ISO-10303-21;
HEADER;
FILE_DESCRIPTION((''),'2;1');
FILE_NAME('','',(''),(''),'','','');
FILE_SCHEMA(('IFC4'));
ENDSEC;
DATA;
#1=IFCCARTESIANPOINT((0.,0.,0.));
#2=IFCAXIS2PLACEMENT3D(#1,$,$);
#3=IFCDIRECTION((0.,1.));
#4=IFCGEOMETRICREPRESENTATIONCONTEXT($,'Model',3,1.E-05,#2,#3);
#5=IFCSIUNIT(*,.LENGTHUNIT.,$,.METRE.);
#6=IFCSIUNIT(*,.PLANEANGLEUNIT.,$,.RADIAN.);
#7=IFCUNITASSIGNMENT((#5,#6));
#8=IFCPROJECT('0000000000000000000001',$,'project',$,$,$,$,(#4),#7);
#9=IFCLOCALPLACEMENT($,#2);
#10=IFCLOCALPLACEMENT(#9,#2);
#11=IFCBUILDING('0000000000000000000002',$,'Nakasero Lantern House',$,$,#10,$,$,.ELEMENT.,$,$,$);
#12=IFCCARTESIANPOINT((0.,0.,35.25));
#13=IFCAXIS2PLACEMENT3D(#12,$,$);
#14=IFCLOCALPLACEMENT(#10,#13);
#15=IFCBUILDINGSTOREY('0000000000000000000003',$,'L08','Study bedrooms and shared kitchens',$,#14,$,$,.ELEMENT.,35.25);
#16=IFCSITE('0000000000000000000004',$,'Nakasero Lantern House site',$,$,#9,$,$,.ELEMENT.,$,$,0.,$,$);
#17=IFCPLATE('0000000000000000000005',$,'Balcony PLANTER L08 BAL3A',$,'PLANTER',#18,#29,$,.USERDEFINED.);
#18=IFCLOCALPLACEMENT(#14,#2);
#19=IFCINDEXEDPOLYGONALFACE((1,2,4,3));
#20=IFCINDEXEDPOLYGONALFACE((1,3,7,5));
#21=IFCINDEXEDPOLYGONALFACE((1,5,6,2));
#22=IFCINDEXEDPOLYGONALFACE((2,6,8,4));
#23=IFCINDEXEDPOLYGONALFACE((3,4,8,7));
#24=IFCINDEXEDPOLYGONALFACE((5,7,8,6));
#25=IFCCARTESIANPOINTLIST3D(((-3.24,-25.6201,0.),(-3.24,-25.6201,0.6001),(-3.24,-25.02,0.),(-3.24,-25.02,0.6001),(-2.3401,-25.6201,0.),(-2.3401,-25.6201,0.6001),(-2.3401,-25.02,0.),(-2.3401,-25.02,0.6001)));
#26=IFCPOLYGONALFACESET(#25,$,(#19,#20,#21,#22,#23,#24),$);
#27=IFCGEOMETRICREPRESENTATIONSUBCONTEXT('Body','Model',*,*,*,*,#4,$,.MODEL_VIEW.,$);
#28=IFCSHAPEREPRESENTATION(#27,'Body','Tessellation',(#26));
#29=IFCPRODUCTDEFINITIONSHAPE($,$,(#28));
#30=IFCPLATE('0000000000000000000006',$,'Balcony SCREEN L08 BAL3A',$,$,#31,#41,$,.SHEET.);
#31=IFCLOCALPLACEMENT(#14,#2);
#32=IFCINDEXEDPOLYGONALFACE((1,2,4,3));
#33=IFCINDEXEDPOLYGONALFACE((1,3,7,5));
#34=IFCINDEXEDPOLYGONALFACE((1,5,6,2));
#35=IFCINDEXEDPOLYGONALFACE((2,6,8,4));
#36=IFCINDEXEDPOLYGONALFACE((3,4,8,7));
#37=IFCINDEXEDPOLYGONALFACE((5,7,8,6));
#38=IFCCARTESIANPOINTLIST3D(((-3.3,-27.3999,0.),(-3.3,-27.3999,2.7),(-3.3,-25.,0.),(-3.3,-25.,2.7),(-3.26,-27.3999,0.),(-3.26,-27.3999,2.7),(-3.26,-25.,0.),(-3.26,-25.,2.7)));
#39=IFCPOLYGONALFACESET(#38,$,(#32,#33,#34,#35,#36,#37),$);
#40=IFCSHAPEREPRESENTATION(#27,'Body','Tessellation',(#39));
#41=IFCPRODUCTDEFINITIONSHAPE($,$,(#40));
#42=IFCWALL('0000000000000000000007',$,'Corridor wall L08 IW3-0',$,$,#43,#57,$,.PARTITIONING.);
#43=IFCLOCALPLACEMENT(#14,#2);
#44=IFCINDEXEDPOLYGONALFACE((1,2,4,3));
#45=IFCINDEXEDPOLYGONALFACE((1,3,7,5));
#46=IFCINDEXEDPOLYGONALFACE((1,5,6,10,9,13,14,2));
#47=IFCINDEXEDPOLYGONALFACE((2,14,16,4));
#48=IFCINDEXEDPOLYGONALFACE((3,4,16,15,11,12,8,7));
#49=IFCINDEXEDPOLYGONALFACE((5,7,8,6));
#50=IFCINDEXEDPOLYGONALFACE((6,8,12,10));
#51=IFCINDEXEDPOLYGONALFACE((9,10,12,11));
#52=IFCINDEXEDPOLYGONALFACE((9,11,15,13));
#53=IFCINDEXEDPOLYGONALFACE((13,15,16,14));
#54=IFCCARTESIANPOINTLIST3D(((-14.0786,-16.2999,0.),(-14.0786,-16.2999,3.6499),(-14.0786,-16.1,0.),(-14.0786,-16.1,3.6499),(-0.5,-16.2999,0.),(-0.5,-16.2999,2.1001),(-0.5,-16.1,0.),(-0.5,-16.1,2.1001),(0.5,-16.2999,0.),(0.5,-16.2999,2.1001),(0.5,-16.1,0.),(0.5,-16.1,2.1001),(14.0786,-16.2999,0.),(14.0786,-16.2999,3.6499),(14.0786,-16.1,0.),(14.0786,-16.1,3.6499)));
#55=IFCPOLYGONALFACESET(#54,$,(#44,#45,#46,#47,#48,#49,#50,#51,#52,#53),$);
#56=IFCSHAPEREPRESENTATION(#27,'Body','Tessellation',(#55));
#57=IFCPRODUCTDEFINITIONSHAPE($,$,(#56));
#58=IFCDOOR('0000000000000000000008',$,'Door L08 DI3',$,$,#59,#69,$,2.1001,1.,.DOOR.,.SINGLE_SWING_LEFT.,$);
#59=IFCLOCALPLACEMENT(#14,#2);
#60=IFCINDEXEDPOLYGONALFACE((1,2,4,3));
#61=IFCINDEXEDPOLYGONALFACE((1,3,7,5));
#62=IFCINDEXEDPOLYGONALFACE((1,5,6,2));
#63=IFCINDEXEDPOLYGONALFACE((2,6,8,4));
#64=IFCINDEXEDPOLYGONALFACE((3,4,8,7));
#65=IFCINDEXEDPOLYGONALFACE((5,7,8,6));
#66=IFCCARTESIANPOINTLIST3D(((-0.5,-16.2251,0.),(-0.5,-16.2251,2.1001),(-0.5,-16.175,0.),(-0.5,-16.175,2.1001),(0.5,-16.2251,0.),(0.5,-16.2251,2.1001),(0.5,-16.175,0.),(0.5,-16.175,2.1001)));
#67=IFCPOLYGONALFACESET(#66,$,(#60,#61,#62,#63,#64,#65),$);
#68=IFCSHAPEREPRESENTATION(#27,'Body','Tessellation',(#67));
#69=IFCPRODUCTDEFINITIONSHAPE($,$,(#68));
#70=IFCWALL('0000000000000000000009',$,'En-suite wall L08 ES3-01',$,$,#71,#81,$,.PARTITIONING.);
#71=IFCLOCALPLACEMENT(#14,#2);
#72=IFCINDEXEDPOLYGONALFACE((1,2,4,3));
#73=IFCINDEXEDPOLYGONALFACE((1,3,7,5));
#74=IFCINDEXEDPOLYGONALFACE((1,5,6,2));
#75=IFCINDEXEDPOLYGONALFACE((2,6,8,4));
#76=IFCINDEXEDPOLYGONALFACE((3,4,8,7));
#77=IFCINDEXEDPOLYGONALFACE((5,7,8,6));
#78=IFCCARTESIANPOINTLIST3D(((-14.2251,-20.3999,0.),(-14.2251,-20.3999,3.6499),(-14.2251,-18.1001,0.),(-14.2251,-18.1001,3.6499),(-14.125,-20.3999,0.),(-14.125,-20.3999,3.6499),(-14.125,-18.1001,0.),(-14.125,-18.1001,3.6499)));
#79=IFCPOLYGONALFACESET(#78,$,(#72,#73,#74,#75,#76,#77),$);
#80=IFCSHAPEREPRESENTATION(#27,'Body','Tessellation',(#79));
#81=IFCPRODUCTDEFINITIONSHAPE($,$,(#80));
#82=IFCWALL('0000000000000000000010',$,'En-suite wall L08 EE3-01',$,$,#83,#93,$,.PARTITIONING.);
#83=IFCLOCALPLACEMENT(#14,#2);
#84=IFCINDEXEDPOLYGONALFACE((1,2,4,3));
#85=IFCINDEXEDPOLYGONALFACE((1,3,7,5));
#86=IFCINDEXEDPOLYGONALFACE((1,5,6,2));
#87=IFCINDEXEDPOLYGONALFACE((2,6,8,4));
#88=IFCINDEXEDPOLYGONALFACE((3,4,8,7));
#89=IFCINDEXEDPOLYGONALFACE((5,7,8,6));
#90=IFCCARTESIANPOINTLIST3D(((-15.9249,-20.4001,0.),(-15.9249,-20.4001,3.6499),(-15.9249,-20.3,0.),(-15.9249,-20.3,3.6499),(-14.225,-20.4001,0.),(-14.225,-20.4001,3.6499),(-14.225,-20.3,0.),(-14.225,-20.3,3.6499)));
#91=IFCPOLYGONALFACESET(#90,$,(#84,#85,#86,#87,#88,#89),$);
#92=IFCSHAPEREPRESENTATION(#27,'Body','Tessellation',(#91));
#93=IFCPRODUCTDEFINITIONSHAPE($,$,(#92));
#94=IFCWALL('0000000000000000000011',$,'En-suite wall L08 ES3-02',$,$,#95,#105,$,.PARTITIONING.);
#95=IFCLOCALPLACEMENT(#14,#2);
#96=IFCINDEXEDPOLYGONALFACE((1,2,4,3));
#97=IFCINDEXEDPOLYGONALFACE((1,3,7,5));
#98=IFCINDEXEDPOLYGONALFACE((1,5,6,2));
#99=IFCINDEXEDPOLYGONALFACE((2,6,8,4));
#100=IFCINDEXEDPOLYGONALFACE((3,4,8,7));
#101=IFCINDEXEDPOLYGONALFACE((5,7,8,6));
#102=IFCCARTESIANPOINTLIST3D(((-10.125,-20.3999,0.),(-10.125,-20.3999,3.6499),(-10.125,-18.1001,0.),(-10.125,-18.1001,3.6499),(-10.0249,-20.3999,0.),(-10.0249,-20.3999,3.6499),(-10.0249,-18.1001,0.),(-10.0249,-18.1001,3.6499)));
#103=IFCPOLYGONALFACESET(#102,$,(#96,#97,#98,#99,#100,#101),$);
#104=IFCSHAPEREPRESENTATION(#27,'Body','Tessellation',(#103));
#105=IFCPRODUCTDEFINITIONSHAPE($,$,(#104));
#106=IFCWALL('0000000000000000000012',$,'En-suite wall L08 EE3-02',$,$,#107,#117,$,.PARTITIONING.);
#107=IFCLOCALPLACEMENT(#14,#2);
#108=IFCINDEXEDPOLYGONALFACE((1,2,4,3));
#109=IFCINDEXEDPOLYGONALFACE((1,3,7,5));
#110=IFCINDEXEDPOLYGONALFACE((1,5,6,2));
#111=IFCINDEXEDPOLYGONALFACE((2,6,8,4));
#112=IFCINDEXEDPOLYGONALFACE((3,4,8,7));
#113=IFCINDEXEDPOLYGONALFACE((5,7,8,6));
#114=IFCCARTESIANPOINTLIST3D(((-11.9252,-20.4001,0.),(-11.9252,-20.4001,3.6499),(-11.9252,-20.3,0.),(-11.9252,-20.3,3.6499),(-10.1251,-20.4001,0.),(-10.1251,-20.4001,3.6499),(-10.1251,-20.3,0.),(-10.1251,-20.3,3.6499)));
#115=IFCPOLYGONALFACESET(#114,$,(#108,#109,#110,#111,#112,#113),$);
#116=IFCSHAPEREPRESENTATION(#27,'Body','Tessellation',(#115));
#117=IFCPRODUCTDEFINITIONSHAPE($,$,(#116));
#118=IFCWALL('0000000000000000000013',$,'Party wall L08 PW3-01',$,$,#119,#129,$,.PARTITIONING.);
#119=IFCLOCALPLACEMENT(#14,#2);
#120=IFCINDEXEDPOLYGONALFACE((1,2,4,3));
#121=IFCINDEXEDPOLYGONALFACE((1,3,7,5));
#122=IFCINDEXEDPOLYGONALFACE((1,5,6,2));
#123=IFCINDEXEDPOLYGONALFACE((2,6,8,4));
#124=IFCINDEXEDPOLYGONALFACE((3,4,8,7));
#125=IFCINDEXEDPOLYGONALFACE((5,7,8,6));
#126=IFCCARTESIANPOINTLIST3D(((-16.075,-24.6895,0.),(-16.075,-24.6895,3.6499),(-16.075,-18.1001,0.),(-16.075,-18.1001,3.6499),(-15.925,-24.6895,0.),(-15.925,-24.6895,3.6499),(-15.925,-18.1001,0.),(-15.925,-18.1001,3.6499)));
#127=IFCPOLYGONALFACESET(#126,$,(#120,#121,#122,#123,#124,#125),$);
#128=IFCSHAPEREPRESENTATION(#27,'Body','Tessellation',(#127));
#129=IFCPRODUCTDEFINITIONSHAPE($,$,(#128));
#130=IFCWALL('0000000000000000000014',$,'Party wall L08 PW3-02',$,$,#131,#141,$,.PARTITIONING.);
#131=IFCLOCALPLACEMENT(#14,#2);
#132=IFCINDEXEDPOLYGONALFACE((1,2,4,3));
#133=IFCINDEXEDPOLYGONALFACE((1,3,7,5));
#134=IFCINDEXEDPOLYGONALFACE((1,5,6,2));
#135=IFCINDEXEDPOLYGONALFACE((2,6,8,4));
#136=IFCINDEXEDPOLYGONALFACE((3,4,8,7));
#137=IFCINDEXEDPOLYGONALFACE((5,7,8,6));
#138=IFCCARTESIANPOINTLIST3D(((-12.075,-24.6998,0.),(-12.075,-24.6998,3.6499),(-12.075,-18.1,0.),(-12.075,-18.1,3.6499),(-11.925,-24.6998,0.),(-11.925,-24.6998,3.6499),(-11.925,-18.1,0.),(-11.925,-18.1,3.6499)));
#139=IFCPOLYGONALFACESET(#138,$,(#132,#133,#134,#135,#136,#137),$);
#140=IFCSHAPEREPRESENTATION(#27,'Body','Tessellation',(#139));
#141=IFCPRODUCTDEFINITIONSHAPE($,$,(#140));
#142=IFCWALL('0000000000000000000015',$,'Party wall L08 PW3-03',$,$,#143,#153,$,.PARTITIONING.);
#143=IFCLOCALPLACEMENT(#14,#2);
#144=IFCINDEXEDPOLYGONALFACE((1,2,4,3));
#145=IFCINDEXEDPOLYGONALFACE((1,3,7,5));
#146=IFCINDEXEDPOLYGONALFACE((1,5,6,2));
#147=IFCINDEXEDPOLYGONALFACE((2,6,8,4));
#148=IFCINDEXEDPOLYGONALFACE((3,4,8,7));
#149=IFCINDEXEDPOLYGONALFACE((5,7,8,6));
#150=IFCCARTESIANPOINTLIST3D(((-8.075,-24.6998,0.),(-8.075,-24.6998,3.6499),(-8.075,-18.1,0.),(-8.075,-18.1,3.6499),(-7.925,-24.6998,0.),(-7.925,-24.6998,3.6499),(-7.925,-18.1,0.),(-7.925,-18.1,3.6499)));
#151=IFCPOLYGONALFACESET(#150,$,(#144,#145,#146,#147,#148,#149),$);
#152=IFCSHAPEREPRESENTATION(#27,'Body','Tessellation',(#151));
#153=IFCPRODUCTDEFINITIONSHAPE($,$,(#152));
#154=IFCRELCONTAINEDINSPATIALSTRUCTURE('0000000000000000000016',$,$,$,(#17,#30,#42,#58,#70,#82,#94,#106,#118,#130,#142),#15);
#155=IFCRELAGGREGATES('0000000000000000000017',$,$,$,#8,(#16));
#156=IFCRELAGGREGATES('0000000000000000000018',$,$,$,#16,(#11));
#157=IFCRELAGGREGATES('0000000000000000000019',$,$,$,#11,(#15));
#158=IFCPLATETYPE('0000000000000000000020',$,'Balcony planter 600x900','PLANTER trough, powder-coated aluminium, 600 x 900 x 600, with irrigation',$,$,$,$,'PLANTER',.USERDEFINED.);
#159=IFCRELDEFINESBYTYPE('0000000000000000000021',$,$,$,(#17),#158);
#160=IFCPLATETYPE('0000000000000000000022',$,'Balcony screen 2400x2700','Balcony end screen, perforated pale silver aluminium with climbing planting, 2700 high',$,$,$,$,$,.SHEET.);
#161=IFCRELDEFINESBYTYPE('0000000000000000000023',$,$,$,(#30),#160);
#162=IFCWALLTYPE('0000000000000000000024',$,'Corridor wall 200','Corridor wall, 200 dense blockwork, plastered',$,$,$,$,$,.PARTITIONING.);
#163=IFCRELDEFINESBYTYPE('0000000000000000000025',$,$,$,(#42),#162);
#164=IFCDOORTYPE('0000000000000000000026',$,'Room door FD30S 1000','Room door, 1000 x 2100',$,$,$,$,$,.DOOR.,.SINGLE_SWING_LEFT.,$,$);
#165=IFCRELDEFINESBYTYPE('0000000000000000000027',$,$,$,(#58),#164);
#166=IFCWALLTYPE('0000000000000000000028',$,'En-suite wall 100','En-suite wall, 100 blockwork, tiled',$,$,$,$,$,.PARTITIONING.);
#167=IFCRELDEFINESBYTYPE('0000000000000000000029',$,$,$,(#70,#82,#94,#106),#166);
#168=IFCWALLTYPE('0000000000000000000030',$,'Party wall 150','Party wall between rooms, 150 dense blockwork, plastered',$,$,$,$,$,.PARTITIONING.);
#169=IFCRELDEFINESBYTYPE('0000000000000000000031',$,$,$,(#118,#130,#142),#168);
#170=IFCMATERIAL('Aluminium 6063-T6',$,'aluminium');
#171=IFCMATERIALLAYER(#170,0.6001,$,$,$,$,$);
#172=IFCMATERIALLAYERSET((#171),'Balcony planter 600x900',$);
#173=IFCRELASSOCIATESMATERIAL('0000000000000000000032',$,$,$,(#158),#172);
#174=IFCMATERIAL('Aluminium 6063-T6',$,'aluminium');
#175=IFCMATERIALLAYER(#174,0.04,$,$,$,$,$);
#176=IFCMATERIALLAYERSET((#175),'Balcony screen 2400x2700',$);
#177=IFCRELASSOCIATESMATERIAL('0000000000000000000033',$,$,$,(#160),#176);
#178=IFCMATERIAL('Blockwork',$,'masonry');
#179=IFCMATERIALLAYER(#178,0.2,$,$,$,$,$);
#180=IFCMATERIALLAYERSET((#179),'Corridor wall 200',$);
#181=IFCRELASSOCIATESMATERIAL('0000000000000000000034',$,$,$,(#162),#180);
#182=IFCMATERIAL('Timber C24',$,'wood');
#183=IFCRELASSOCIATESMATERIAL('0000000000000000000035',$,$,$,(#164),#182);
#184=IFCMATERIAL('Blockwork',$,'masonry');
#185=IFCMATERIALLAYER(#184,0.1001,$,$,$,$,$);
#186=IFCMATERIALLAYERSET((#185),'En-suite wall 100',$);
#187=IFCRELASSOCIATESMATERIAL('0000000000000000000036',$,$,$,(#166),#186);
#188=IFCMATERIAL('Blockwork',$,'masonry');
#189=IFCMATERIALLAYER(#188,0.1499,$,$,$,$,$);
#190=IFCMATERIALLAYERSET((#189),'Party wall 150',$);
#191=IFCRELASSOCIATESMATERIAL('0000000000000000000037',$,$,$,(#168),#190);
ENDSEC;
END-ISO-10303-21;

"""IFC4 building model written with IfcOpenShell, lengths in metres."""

from ifc_helpers import new_model, si_unit, direction, frame, frame_2d, origin, origin_2d, place, context, subcontext, project, spatial, rectangle, extrude, material, layer, layer_set, type_object, element, fill, save


model = new_model("IFC4")

# Units and contexts
model_context = context("Model", 3, precision=1e-05, world=origin(), true_north=direction((0.0, 1.0)))
body_context = subcontext(model_context, "Body", "Model", "MODEL_VIEW")
ifc_project = project(units=[si_unit("LENGTHUNIT", "METRE"), si_unit("PLANEANGLEUNIT", "RADIAN")], contexts=[model_context])

# Site, building, storey
site_placement = place(None, origin())
site = spatial("IfcSite", under=ifc_project, at=site_placement, Name="Nakasero Lantern House site", CompositionType="ELEMENT", RefElevation=0.0)
building_placement = place(site_placement, origin())
building = spatial("IfcBuilding", under=site, at=building_placement, Name="Nakasero Lantern House", CompositionType="ELEMENT")
storey_placement = place(building_placement, frame((0.0, 0.0, 35.25)))
storey = spatial("IfcBuildingStorey", under=building, at=storey_placement, Name="L08", Description="Study bedrooms and shared kitchens", CompositionType="ELEMENT", Elevation=35.25)

# Plates
ifc_material_1 = material(Name="Aluminium 6063-T6", Category="aluminium")
ifc_layer_1 = layer(ifc_material_1, 0.6001)
ifc_layer_set_1 = layer_set([ifc_layer_1], Name="Balcony planter 600x900")
plate_type_1 = type_object("IfcPlateType", Name="Balcony planter 600x900", Description="PLANTER trough, powder-coated aluminium, 600 x 900 x 600, with irrigation", ElementType="PLANTER", PredefinedType="USERDEFINED", material=ifc_layer_set_1)
plate_1_placement = place(storey_placement, frame((-2.79, -25.3201, 0.0), z_axis=(0.0, 0.0, 1.0), x_axis=(0.0, -1.0, 0.0)))
element("IfcPlate", 1, at=plate_1_placement, inside=storey, type_object=plate_type_1, Name="Balcony PLANTER L08 BAL3A", ObjectType="PLANTER", PredefinedType="USERDEFINED", context=body_context, shape_type="SweptSolid", body=[
    extrude(rectangle(XDim=0.6001, YDim=0.8999, at=origin_2d()), origin(), (0.0, 0.0, 1.0), 0.6001),
])
ifc_material_2 = material(Name="Aluminium 6063-T6", Category="aluminium")
ifc_layer_2 = layer(ifc_material_2, 0.04)
ifc_layer_set_2 = layer_set([ifc_layer_2], Name="Balcony screen 2400x2700")
plate_type_2 = type_object("IfcPlateType", Name="Balcony screen 2400x2700", Description="Balcony end screen, perforated pale silver aluminium with climbing planting, 2700 high", PredefinedType="SHEET", material=ifc_layer_set_2)
plate_2_placement = place(storey_placement, frame((-3.28, -26.2, 0.0), z_axis=(0.0, 0.0, 1.0), x_axis=(0.0, -1.0, 0.0)))
element("IfcPlate", 2, at=plate_2_placement, inside=storey, type_object=plate_type_2, Name="Balcony SCREEN L08 BAL3A", PredefinedType="SHEET", context=body_context, shape_type="SweptSolid", body=[
    extrude(rectangle(XDim=2.3999, YDim=0.04, at=origin_2d()), origin(), (0.0, 0.0, 1.0), 2.7),
])

# Wall, opening, door
ifc_material_3 = material(Name="Blockwork", Category="masonry")
ifc_layer_3 = layer(ifc_material_3, 0.2)
ifc_layer_set_3 = layer_set([ifc_layer_3], Name="Corridor wall 200")
wall_type_1 = type_object("IfcWallType", Name="Corridor wall 200", Description="Corridor wall, 200 dense blockwork, plastered", PredefinedType="PARTITIONING", material=ifc_layer_set_3)
wall_1_placement = place(storey_placement, frame((-14.0786, -16.2, 0.0), z_axis=(0.0, 0.0, 1.0), x_axis=(1.0, 0.0, 0.0)))
wall_1 = element("IfcWall", 3, at=wall_1_placement, inside=storey, type_object=wall_type_1, Name="Corridor wall L08 IW3-0", PredefinedType="PARTITIONING", context=body_context, shape_type="SweptSolid", body=[
    extrude(rectangle(XDim=28.1572, YDim=0.2, at=frame_2d((14.0786, 0.0))), origin(), (0.0, 0.0, 1.0), 3.6499),
])
opening_placement = place(wall_1_placement, frame((13.5786, 0.0, 0.0)))
opening = element("IfcOpeningElement", 4, at=opening_placement, cuts=wall_1, PredefinedType="OPENING", context=body_context, shape_type="SweptSolid", body=[
    extrude(rectangle(XDim=1.0, YDim=2.1001, at=frame_2d((0.5, 1.05))), frame((0.0, 0.1199, 0.0), z_axis=(0.0, -1.0, 0.0), x_axis=(1.0, 0.0, 0.0)), (0.0, 0.0, 1.0), 0.24),
])
ifc_material_4 = material(Name="Timber C24", Category="wood")
door_type = type_object("IfcDoorType", Name="Room door FD30S 1000", Description="Room door, 1000 x 2100", OperationType="SINGLE_SWING_LEFT", PredefinedType="DOOR", material=ifc_material_4)
door_placement = place(opening_placement, origin())
door = element("IfcDoor", 5, at=door_placement, inside=storey, type_object=door_type, Name="Door L08 DI3", OperationType="SINGLE_SWING_LEFT", OverallHeight=2.1001, OverallWidth=1.0, PredefinedType="DOOR", context=body_context, shape_type="SweptSolid", body=[
    extrude(rectangle(XDim=1.0, YDim=2.1001, at=frame_2d((0.5, 1.05))), frame((0.0, 0.0249, 0.0), z_axis=(0.0, -1.0, 0.0), x_axis=(1.0, 0.0, 0.0)), (0.0, 0.0, 1.0), 0.05),
])
fill(opening, door)

# Walls
ifc_material_5 = material(Name="Blockwork", Category="masonry")
ifc_layer_4 = layer(ifc_material_5, 0.1001)
ifc_layer_set_4 = layer_set([ifc_layer_4], Name="En-suite wall 100")
wall_type_2 = type_object("IfcWallType", Name="En-suite wall 100", Description="En-suite wall, 100 blockwork, tiled", PredefinedType="PARTITIONING", material=ifc_layer_set_4)
wall_2_placement = place(storey_placement, frame((-14.175, -18.1001, 0.0), z_axis=(0.0, 0.0, 1.0), x_axis=(0.0, -1.0, 0.0)))
element("IfcWall", 6, at=wall_2_placement, inside=storey, type_object=wall_type_2, Name="En-suite wall L08 ES3-01", PredefinedType="PARTITIONING", context=body_context, shape_type="SweptSolid", body=[
    extrude(rectangle(XDim=2.2998, YDim=0.1001, at=frame_2d((1.1499, 0.0))), origin(), (0.0, 0.0, 1.0), 3.6499),
])
wall_3_placement = place(storey_placement, frame((-15.925, -20.3501, 0.0), z_axis=(0.0, 0.0, 1.0), x_axis=(1.0, 0.0, 0.0)))
element("IfcWall", 7, at=wall_3_placement, inside=storey, type_object=wall_type_2, Name="En-suite wall L08 EE3-01", PredefinedType="PARTITIONING", context=body_context, shape_type="SweptSolid", body=[
    extrude(rectangle(XDim=1.7, YDim=0.1001, at=frame_2d((0.8501, 0.0))), origin(), (0.0, 0.0, 1.0), 3.6499),
])
wall_4_placement = place(storey_placement, frame((-10.075, -18.1001, 0.0), z_axis=(0.0, 0.0, 1.0), x_axis=(0.0, -1.0, 0.0)))
element("IfcWall", 8, at=wall_4_placement, inside=storey, type_object=wall_type_2, Name="En-suite wall L08 ES3-02", PredefinedType="PARTITIONING", context=body_context, shape_type="SweptSolid", body=[
    extrude(rectangle(XDim=2.2998, YDim=0.1001, at=frame_2d((1.1499, 0.0))), origin(), (0.0, 0.0, 1.0), 3.6499),
])
wall_5_placement = place(storey_placement, frame((-11.925, -20.3501, 0.0), z_axis=(0.0, 0.0, 1.0), x_axis=(1.0, 0.0, 0.0)))
element("IfcWall", 9, at=wall_5_placement, inside=storey, type_object=wall_type_2, Name="En-suite wall L08 EE3-02", PredefinedType="PARTITIONING", context=body_context, shape_type="SweptSolid", body=[
    extrude(rectangle(XDim=1.8, YDim=0.1001, at=frame_2d((0.8999, 0.0))), origin(), (0.0, 0.0, 1.0), 3.6499),
])
ifc_material_6 = material(Name="Blockwork", Category="masonry")
ifc_layer_5 = layer(ifc_material_6, 0.1499)
ifc_layer_set_5 = layer_set([ifc_layer_5], Name="Party wall 150")
wall_type_3 = type_object("IfcWallType", Name="Party wall 150", Description="Party wall between rooms, 150 dense blockwork, plastered", PredefinedType="PARTITIONING", material=ifc_layer_set_5)
wall_6_placement = place(storey_placement, frame((-16.0, -18.1001, 0.0), z_axis=(0.0, 0.0, 1.0), x_axis=(0.0, -1.0, 0.0)))
element("IfcWall", 10, at=wall_6_placement, inside=storey, type_object=wall_type_3, Name="Party wall L08 PW3-01", PredefinedType="PARTITIONING", context=body_context, shape_type="SweptSolid", body=[
    extrude(rectangle(XDim=6.5894, YDim=0.1499, at=frame_2d((3.2947, 0.0))), origin(), (0.0, 0.0, 1.0), 3.6499),
])
for number, where, z_axis, x_axis, name in (
    (11, (-12.0, -18.1001, 0.0), (0.0, 0.0, 1.0), (0.0, -1.0, 0.0), "Party wall L08 PW3-02"),
    (12, (-8.0, -18.1001, 0.0), (0.0, 0.0, 1.0), (0.0, -1.0, 0.0), "Party wall L08 PW3-03"),
):
    element("IfcWall", number, at=place(storey_placement, frame(where, z_axis=z_axis, x_axis=x_axis)), inside=storey, type_object=wall_type_3, Name=name, PredefinedType="PARTITIONING", context=body_context, shape_type="SweptSolid", body=[
        extrude(rectangle(XDim=6.5999, YDim=0.1499, at=frame_2d((3.2998, 0.0))), origin(), (0.0, 0.0, 1.0), 3.6499),
    ])

save(model, "model.ifc")
